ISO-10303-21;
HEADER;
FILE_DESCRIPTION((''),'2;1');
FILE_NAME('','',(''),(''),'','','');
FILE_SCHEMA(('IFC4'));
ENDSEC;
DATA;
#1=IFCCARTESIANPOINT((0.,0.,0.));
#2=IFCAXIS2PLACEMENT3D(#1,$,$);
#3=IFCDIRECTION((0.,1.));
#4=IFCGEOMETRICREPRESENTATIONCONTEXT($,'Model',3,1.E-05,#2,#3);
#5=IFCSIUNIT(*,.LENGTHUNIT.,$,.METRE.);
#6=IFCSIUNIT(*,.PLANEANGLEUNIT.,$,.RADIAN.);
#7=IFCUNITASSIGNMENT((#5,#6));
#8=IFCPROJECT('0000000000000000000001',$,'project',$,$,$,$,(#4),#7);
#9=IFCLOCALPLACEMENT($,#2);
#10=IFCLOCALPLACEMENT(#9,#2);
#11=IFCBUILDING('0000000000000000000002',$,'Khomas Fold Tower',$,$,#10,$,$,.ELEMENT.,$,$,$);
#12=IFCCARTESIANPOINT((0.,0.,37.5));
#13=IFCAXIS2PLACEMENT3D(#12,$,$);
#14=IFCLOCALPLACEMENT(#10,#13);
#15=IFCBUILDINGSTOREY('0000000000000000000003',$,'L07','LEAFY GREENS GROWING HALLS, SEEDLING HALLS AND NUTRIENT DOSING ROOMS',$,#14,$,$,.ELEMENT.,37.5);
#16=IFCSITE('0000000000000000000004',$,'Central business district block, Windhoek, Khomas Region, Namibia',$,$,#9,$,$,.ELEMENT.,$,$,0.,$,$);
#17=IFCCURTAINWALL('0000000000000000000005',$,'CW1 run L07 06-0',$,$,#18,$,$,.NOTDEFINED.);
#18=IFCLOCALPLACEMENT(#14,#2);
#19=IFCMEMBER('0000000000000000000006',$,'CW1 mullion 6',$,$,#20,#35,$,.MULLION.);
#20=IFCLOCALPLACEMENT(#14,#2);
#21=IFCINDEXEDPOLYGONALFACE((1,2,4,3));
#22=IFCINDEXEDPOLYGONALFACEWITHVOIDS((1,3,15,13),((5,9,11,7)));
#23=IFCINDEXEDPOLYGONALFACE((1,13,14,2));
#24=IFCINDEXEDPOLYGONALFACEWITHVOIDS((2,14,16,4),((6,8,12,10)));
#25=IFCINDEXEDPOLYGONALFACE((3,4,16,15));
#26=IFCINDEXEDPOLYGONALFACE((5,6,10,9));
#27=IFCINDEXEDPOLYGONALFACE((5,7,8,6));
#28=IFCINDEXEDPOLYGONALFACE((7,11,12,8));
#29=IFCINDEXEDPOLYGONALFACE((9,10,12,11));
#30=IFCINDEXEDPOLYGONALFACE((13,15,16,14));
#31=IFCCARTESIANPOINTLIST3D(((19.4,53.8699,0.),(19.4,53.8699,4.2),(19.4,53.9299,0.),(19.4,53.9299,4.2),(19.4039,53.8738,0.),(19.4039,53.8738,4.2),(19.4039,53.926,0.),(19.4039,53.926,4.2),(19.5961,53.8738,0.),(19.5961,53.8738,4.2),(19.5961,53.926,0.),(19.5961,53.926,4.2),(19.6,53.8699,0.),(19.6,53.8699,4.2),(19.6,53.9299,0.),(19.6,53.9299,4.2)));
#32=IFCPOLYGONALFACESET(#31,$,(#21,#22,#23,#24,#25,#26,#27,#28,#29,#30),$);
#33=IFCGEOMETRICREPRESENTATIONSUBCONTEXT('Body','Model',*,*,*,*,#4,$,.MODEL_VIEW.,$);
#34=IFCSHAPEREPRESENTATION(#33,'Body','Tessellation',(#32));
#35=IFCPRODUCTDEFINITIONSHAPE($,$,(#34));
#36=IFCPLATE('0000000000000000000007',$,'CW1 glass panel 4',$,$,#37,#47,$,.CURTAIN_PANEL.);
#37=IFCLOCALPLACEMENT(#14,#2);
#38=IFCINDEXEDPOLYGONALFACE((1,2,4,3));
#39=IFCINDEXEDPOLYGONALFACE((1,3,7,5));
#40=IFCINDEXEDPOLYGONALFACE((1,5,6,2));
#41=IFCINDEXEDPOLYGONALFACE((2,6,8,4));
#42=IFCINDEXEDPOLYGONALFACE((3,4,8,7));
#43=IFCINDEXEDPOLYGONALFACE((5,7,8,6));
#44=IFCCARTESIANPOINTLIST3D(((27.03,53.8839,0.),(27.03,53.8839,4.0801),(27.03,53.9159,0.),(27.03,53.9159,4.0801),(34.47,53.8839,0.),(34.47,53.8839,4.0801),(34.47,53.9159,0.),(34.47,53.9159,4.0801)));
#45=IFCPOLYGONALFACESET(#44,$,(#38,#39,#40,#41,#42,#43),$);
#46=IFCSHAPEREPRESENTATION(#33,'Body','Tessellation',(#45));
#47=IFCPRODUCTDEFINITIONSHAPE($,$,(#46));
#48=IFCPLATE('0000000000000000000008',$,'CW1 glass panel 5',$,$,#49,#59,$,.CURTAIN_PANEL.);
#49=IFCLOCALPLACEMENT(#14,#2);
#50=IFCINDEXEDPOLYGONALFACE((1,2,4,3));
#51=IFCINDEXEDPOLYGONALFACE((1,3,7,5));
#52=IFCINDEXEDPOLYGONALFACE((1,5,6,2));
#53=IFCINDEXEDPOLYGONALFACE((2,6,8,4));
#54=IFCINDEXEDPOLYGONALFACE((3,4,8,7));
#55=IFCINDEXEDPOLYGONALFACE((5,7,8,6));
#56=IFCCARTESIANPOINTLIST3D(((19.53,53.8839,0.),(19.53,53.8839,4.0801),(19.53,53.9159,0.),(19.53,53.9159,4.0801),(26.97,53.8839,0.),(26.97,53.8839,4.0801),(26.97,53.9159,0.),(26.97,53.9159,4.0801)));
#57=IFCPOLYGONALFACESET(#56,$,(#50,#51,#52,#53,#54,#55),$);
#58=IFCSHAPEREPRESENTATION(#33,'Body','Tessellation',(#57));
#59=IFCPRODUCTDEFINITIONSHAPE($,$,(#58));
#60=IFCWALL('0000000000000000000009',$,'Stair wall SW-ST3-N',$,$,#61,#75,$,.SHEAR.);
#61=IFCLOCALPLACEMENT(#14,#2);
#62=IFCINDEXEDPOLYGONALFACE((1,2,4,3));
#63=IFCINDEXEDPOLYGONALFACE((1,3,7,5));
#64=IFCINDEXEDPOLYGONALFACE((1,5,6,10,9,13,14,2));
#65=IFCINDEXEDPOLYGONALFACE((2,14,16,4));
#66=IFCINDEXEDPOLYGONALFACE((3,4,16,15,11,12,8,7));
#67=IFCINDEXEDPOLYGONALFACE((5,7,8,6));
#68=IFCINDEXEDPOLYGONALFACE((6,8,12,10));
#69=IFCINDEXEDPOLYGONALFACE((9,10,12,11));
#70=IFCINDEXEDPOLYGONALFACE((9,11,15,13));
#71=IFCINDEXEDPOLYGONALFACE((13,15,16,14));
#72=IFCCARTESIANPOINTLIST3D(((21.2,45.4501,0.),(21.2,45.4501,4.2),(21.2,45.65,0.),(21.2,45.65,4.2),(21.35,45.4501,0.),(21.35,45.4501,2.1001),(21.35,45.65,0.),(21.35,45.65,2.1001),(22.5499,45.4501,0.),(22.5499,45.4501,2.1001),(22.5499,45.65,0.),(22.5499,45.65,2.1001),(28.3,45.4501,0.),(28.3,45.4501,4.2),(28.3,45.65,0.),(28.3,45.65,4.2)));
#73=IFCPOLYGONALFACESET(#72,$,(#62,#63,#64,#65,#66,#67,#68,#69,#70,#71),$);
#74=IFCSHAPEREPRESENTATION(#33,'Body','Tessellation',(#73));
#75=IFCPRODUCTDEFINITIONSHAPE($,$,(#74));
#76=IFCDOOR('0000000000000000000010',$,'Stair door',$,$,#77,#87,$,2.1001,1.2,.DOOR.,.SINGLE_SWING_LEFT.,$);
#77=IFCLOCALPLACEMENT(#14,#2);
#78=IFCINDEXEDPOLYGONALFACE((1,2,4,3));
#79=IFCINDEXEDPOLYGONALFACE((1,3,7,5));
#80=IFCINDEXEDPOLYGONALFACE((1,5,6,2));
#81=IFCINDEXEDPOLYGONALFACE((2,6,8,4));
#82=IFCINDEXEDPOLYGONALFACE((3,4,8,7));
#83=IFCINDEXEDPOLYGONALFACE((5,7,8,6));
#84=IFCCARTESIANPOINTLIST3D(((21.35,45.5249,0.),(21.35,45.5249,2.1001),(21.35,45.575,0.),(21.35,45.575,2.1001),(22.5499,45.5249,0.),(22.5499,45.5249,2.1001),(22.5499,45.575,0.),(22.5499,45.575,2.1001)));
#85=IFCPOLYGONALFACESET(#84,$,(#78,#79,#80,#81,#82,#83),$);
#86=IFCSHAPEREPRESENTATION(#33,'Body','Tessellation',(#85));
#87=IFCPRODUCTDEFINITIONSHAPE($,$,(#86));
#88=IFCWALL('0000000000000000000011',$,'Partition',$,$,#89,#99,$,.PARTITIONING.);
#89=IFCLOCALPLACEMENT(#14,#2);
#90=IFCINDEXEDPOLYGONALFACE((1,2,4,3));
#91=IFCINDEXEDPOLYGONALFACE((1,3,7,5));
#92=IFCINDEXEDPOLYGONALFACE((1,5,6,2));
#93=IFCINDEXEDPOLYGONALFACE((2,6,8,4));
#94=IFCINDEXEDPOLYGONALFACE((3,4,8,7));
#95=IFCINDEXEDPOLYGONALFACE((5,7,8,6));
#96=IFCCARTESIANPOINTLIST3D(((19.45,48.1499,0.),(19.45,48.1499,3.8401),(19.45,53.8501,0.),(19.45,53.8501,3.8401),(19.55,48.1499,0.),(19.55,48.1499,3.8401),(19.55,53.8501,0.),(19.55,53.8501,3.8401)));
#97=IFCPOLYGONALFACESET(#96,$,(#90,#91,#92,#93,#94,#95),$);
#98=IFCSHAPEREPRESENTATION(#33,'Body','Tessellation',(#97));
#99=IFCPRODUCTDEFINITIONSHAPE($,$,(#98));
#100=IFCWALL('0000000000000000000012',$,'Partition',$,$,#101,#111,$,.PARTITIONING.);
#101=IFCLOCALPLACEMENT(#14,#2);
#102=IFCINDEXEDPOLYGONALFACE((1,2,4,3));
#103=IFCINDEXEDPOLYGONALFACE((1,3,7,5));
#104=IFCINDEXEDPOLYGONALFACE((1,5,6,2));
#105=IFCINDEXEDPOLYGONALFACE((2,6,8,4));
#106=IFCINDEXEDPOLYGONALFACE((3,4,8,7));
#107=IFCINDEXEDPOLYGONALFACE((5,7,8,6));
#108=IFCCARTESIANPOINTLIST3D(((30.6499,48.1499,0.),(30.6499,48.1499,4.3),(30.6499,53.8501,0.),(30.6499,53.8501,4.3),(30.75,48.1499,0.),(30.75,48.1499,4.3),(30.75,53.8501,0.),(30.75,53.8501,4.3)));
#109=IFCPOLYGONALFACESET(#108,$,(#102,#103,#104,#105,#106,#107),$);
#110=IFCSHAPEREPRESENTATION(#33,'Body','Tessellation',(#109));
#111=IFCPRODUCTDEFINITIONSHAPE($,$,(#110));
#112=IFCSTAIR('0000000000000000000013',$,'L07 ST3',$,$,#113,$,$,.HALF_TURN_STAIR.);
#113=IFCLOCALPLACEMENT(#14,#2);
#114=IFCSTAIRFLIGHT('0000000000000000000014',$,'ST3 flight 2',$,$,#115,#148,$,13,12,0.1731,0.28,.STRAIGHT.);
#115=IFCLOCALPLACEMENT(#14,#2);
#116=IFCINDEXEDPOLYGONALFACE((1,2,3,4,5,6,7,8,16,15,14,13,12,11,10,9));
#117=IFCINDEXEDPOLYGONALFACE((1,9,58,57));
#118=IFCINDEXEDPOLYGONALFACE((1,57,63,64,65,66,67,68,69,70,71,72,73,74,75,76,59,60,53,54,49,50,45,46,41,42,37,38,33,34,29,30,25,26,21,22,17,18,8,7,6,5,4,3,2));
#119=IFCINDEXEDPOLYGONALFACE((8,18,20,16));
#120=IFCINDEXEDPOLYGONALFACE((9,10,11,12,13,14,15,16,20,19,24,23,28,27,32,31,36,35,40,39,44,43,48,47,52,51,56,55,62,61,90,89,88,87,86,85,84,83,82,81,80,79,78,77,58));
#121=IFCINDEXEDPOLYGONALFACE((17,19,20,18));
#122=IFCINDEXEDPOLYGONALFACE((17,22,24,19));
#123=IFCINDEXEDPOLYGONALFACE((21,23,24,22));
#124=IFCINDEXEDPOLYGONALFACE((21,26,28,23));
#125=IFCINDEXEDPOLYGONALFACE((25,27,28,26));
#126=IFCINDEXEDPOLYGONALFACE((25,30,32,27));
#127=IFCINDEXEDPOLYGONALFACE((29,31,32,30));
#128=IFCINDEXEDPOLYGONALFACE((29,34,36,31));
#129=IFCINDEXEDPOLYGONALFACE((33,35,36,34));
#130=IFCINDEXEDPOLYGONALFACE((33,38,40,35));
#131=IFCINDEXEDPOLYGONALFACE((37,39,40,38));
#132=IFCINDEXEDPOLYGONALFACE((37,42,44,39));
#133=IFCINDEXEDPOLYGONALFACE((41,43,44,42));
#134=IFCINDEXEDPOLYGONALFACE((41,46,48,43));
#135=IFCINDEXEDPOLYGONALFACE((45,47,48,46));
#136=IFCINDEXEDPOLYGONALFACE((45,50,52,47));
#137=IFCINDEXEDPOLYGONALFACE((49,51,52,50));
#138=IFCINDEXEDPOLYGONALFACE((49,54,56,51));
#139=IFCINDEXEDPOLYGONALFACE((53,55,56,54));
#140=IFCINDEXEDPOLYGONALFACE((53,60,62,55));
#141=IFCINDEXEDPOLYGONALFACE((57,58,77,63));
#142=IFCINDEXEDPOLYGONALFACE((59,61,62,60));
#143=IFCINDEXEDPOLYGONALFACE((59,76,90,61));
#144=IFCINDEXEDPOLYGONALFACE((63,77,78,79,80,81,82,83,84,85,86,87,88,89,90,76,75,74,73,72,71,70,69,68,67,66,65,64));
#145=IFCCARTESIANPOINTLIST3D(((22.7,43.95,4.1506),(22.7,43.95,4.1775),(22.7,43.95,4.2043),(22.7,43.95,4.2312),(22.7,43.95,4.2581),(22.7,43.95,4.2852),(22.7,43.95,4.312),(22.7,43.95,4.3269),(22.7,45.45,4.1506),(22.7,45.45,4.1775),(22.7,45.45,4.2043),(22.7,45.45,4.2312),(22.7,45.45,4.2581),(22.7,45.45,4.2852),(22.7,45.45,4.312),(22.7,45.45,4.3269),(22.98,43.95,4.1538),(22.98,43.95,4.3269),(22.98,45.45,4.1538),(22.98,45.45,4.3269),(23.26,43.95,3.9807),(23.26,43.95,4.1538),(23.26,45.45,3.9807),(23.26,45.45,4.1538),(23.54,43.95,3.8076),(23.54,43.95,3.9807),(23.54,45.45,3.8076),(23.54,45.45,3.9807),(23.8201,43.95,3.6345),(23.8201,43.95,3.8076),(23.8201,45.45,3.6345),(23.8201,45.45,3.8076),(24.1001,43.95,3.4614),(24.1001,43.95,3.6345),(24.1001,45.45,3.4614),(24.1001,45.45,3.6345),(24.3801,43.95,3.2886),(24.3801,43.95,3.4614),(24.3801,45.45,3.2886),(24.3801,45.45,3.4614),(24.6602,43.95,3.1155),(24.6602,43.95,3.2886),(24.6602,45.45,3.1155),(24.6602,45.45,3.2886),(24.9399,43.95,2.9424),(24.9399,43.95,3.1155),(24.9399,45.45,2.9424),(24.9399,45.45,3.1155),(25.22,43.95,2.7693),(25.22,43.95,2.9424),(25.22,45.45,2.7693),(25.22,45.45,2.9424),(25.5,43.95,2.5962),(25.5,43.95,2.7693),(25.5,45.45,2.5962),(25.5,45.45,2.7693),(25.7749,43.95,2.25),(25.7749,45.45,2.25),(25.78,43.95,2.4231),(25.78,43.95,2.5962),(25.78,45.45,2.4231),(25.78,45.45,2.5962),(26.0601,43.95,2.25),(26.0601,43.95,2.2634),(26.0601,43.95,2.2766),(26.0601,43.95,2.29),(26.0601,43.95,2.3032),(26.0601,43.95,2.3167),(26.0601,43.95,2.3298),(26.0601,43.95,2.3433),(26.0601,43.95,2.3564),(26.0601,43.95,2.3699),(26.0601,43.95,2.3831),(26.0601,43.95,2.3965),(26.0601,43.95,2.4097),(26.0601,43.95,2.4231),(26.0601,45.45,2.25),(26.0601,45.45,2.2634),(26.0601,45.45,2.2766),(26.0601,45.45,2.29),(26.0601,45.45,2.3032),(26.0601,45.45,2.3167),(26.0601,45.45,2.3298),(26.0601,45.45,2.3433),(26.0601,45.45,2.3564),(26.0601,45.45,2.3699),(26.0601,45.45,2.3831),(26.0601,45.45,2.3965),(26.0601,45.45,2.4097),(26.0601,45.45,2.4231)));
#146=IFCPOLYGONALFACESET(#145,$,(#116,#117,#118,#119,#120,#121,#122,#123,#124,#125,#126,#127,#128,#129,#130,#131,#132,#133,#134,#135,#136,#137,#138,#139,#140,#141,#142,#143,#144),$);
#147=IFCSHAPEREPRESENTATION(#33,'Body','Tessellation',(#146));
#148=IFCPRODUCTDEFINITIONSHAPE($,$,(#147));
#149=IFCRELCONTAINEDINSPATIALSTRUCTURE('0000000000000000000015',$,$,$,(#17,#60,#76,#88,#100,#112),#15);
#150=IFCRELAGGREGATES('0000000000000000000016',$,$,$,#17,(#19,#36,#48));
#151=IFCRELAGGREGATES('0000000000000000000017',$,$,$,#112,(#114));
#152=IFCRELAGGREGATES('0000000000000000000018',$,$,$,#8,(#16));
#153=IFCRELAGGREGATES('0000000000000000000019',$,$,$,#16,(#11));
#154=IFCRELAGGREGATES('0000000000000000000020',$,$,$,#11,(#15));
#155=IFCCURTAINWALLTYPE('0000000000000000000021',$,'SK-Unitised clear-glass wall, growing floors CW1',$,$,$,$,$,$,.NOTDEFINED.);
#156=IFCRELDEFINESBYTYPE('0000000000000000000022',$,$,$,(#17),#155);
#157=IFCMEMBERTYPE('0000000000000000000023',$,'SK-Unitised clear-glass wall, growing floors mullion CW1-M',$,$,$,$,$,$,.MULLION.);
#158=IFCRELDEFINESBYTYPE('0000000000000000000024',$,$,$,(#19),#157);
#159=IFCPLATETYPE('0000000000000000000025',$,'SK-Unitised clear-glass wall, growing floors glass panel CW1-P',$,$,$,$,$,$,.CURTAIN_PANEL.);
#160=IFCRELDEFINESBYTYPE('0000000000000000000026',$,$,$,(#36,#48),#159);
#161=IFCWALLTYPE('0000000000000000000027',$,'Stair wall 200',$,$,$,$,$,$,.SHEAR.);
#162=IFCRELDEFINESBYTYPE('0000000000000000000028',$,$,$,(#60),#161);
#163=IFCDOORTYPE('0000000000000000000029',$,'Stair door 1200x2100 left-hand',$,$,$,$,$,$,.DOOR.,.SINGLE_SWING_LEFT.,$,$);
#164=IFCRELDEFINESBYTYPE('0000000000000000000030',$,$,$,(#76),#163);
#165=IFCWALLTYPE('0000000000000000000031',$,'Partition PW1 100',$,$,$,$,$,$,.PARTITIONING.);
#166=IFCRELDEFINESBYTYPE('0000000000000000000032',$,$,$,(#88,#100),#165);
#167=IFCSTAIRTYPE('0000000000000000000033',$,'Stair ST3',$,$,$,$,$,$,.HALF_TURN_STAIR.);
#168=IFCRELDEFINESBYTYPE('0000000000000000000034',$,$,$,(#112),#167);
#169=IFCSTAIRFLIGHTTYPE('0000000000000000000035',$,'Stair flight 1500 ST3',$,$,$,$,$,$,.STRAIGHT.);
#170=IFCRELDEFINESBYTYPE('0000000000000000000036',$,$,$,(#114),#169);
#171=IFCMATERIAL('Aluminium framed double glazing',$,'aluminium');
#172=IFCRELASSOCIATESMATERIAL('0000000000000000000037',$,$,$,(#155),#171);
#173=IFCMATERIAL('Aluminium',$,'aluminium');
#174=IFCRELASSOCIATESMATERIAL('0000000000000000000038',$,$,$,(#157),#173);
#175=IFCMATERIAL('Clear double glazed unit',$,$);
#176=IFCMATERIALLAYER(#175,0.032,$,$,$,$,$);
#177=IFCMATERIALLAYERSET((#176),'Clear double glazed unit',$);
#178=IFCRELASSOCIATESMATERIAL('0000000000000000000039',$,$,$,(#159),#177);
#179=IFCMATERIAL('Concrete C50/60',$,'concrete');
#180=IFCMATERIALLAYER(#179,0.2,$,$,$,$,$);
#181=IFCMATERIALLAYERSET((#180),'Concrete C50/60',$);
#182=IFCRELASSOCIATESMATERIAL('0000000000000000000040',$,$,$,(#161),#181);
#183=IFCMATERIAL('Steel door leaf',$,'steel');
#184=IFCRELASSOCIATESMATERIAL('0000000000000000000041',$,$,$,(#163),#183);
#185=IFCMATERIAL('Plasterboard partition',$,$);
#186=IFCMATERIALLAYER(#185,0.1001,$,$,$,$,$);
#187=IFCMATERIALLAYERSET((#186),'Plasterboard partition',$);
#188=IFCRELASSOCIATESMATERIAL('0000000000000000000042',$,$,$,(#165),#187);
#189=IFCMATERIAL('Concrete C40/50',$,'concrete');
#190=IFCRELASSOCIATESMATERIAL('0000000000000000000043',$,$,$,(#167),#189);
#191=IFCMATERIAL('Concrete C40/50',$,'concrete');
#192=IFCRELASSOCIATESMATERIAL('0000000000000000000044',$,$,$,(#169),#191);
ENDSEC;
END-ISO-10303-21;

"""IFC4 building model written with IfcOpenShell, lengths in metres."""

from ifc_helpers import new_model, si_unit, direction, frame, frame_2d, origin, origin_2d, place, context, subcontext, project, spatial, polyline, rectangle, hollow_rectangle, outline, extrude, source, transform, mapped, material, layer, layer_set, material_profile, profile_set, type_object, element, fill, aggregate, save


model = new_model("IFC4")

# Units and contexts
model_context = context("Model", 3, precision=1e-05, world=origin(), true_north=direction((0.0, 1.0)))
body_context = subcontext(model_context, "Body", "Model", "MODEL_VIEW")
ifc_project = project(units=[si_unit("LENGTHUNIT", "METRE"), si_unit("PLANEANGLEUNIT", "RADIAN")], contexts=[model_context])

# Site, building, storey
site_placement = place(None, origin())
site = spatial("IfcSite", under=ifc_project, at=site_placement, Name="Central business district block, Windhoek, Khomas Region, Namibia", CompositionType="ELEMENT", RefElevation=0.0)
building_placement = place(site_placement, origin())
building = spatial("IfcBuilding", under=site, at=building_placement, Name="Khomas Fold Tower", CompositionType="ELEMENT")
storey_placement = place(building_placement, frame((0.0, 0.0, 37.5)))
storey = spatial("IfcBuildingStorey", under=building, at=storey_placement, Name="L07", Description="LEAFY GREENS GROWING HALLS, SEEDLING HALLS AND NUTRIENT DOSING ROOMS", CompositionType="ELEMENT", Elevation=37.5)

# Curtain wall, member, plates
ifc_material_1 = material(Name="Aluminium framed double glazing", Category="aluminium")
curtain_wall_type = type_object("IfcCurtainWallType", Name="SK-Unitised clear-glass wall, growing floors CW1", PredefinedType="NOTDEFINED", material=ifc_material_1)
curtain_wall_placement = place(storey_placement, origin())
curtain_wall = element("IfcCurtainWall", 1, at=curtain_wall_placement, inside=storey, type_object=curtain_wall_type, Name="CW1 run L07 06-0", PredefinedType="NOTDEFINED")
ifc_material_2 = material(Name="Aluminium", Category="aluminium")
ifc_material_profile_1 = material_profile(ifc_material_2, hollow_rectangle(XDim=0.0601, YDim=0.2, WallThickness=0.0039, at=origin_2d()), Name="SK-Unitised clear-glass wall, growing floors mullion CW1-M")
ifc_profile_set_1 = profile_set([ifc_material_profile_1], Name="Aluminium")
member_type_1 = type_object("IfcMemberType", Name="SK-Unitised clear-glass wall, growing floors mullion CW1-M", PredefinedType="MULLION", material=ifc_profile_set_1)
shared_shape_1 = source(origin(), body_context, "Body", "SweptSolid", [
    extrude(hollow_rectangle(XDim=0.0601, YDim=0.2, WallThickness=0.0039, at=origin_2d()), origin(), (0.0, 0.0, 1.0), 4.2),
])
member_1_placement = place(storey_placement, frame((19.5, 53.8999, 0.0), z_axis=(0.0, 0.0, 1.0), x_axis=(0.0, -1.0, 0.0)))
member_1 = element("IfcMember", 2, at=member_1_placement, type_object=member_type_1, Name="CW1 mullion 6", PredefinedType="MULLION", context=body_context, shape_type="MappedRepresentation", body=[
    mapped(shared_shape_1, transform((0.0, 0.0, 0.0))),
])
ifc_material_3 = material(Name="Clear double glazed unit")
ifc_layer_1 = layer(ifc_material_3, 0.032)
ifc_layer_set_1 = layer_set([ifc_layer_1], Name="Clear double glazed unit")
plate_type = type_object("IfcPlateType", Name="SK-Unitised clear-glass wall, growing floors glass panel CW1-P", PredefinedType="CURTAIN_PANEL", material=ifc_layer_set_1)
shared_shape_2 = source(origin(), body_context, "Body", "SweptSolid", [
    extrude(rectangle(XDim=7.4399, YDim=0.032, at=origin_2d()), origin(), (0.0, 0.0, 1.0), 4.0801),
])
plate_1_placement = place(storey_placement, frame((30.75, 53.8999, 0.0), z_axis=(0.0, 0.0, 1.0), x_axis=(-1.0, 0.0, 0.0)))
plate_1 = element("IfcPlate", 3, at=plate_1_placement, type_object=plate_type, Name="CW1 glass panel 4", PredefinedType="CURTAIN_PANEL", context=body_context, shape_type="MappedRepresentation", body=[
    mapped(shared_shape_2, transform((0.0, 0.0, 0.0))),
])
plate_2_placement = place(storey_placement, frame((23.25, 53.8999, 0.0), z_axis=(0.0, 0.0, 1.0), x_axis=(-1.0, 0.0, 0.0)))
plate_2 = element("IfcPlate", 4, at=plate_2_placement, type_object=plate_type, Name="CW1 glass panel 5", PredefinedType="CURTAIN_PANEL", context=body_context, shape_type="MappedRepresentation", body=[
    mapped(shared_shape_2, transform((0.0, 0.0, 0.0))),
])
aggregate(curtain_wall, [member_1, plate_1, plate_2])

# Wall, opening, door
ifc_material_4 = material(Name="Concrete C50/60", Category="concrete")
ifc_layer_2 = layer(ifc_material_4, 0.2)
ifc_layer_set_2 = layer_set([ifc_layer_2], Name="Concrete C50/60")
wall_type_1 = type_object("IfcWallType", Name="Stair wall 200", PredefinedType="SHEAR", material=ifc_layer_set_2)
shared_shape_3 = source(origin(), body_context, "Body", "SweptSolid", [
    extrude(rectangle(XDim=7.1001, YDim=0.2, at=frame_2d((3.55, 0.0))), origin(), (0.0, 0.0, 1.0), 4.2),
])
wall_1_placement = place(storey_placement, frame((21.2, 45.55, 0.0), z_axis=(0.0, 0.0, 1.0), x_axis=(1.0, 0.0, 0.0)))
wall_1 = element("IfcWall", 5, at=wall_1_placement, inside=storey, type_object=wall_type_1, Name="Stair wall SW-ST3-N", PredefinedType="SHEAR", context=body_context, shape_type="MappedRepresentation", body=[
    mapped(shared_shape_3, transform((0.0, 0.0, 0.0))),
])
shared_shape_4 = source(origin(), body_context, "Body", "SweptSolid", [
    extrude(rectangle(XDim=1.2, YDim=2.1001, at=frame_2d((0.6001, 1.05))), frame((0.0, 0.1099, 0.0), z_axis=(0.0, -1.0, 0.0), x_axis=(1.0, 0.0, 0.0)), (0.0, 0.0, 1.0), 0.22),
])
opening_placement = place(wall_1_placement, frame((0.1499, 0.0, 0.0)))
opening = element("IfcOpeningElement", 6, at=opening_placement, cuts=wall_1, PredefinedType="OPENING", context=body_context, shape_type="MappedRepresentation", body=[
    mapped(shared_shape_4, transform((0.0, 0.0, 0.0))),
])
ifc_material_5 = material(Name="Steel door leaf", Category="steel")
door_type = type_object("IfcDoorType", Name="Stair door 1200x2100 left-hand", OperationType="SINGLE_SWING_LEFT", PredefinedType="DOOR", material=ifc_material_5)
shared_shape_5 = source(origin(), body_context, "Body", "SweptSolid", [
    extrude(rectangle(XDim=1.2, YDim=2.1001, at=frame_2d((0.6001, 1.05))), frame((0.0, 0.0249, 0.0), z_axis=(0.0, -1.0, 0.0), x_axis=(1.0, 0.0, 0.0)), (0.0, 0.0, 1.0), 0.05),
])
door_placement = place(opening_placement, origin())
door = element("IfcDoor", 7, at=door_placement, inside=storey, type_object=door_type, Name="Stair door", OperationType="SINGLE_SWING_LEFT", OverallHeight=2.1001, OverallWidth=1.2, PredefinedType="DOOR", context=body_context, shape_type="MappedRepresentation", body=[
    mapped(shared_shape_5, transform((0.0, 0.0, 0.0))),
])
fill(opening, door)

# Walls
ifc_material_6 = material(Name="Plasterboard partition")
ifc_layer_3 = layer(ifc_material_6, 0.1001)
ifc_layer_set_3 = layer_set([ifc_layer_3], Name="Plasterboard partition")
wall_type_2 = type_object("IfcWallType", Name="Partition PW1 100", PredefinedType="PARTITIONING", material=ifc_layer_set_3)
shared_shape_6 = source(origin(), body_context, "Body", "SweptSolid", [
    extrude(rectangle(XDim=5.7002, YDim=0.1001, at=frame_2d((2.8501, 0.0))), origin(), (0.0, 0.0, 1.0), 3.8401),
])
wall_2_placement = place(storey_placement, frame((19.5, 48.1499, 0.0), z_axis=(0.0, 0.0, 1.0), x_axis=(0.0, 1.0, 0.0)))
element("IfcWall", 8, at=wall_2_placement, inside=storey, type_object=wall_type_2, Name="Partition", PredefinedType="PARTITIONING", context=body_context, shape_type="MappedRepresentation", body=[
    mapped(shared_shape_6, transform((0.0, 0.0, 0.0))),
])
shared_shape_7 = source(origin(), body_context, "Body", "SweptSolid", [
    extrude(rectangle(XDim=5.7002, YDim=0.1001, at=frame_2d((2.8501, 0.0))), origin(), (0.0, 0.0, 1.0), 4.3),
])
wall_3_placement = place(storey_placement, frame((30.7, 48.1499, 0.0), z_axis=(0.0, 0.0, 1.0), x_axis=(0.0, 1.0, 0.0)))
element("IfcWall", 9, at=wall_3_placement, inside=storey, type_object=wall_type_2, Name="Partition", PredefinedType="PARTITIONING", context=body_context, shape_type="MappedRepresentation", body=[
    mapped(shared_shape_7, transform((0.0, 0.0, 0.0))),
])

# Stair, stair flight
ifc_material_7 = material(Name="Concrete C40/50", Category="concrete")
stair_type = type_object("IfcStairType", Name="Stair ST3", PredefinedType="HALF_TURN_STAIR", material=ifc_material_7)
stair_placement = place(storey_placement, origin())
stair = element("IfcStair", 10, at=stair_placement, inside=storey, type_object=stair_type, Name="L07 ST3", PredefinedType="HALF_TURN_STAIR")
ifc_material_8 = material(Name="Concrete C40/50", Category="concrete")
stair_flight_type = type_object("IfcStairFlightType", Name="Stair flight 1500 ST3", PredefinedType="STRAIGHT", material=ifc_material_8)
shared_shape_8 = source(origin(), body_context, "Body", "SweptSolid", [
    extrude(outline(polyline([(0.0, 0.0), (0.0, 0.0134), (0.0, 0.0266), (0.0, 0.04), (0.0, 0.0532), (0.0, 0.0667), (0.0, 0.0798), (0.0, 0.0933), (0.0, 0.1064), (0.0, 0.1199), (0.0, 0.1331), (0.0, 0.1465), (0.0, 0.1597), (0.0, 0.1731), (0.28, 0.1731), (0.28, 0.3462), (0.5601, 0.3462), (0.5601, 0.5193), (0.8401, 0.5193), (0.8401, 0.6924), (1.1201, 0.6924), (1.1201, 0.8655), (1.3999, 0.8655), (1.3999, 1.0386), (1.6799, 1.0386), (1.6799, 1.2114), (1.96, 1.2114), (1.96, 1.3845), (2.24, 1.3845), (2.24, 1.5576), (2.52, 1.5576), (2.52, 1.7307), (2.8, 1.7307), (2.8, 1.9038), (3.0801, 1.9038), (3.0801, 2.0769), (3.3601, 2.0769), (3.3601, 2.25), (3.3601, 2.2231), (3.3601, 2.1963), (3.3601, 2.1694), (3.3601, 2.1426), (3.3601, 2.1157), (3.3601, 2.0889), (3.3601, 2.062), (3.3601, 2.0352), (3.3601, 2.0081), (3.3601, 1.9812), (3.3601, 1.9543), (3.3601, 1.9275), (3.3601, 1.9006), (0.2852, 0.0), (0.0, 0.0)])), frame((0.0, 0.75, 0.0), z_axis=(0.0, -1.0, 0.0), x_axis=(1.0, 0.0, 0.0)), (0.0, 0.0, 1.0), 1.5),
])
stair_flight_placement = place(storey_placement, frame((26.0601, 44.7, 2.25), z_axis=(0.0, 0.0, 1.0), x_axis=(-1.0, 0.0, 0.0)))
stair_flight = element("IfcStairFlight", 11, at=stair_flight_placement, type_object=stair_flight_type, Name="ST3 flight 2", NumberOfRisers=13, NumberOfTreads=12, PredefinedType="STRAIGHT", RiserHeight=0.1731, TreadLength=0.28, context=body_context, shape_type="MappedRepresentation", body=[
    mapped(shared_shape_8, transform((0.0, 0.0, 0.0))),
])
aggregate(stair, [stair_flight])

save(model, "model.ifc")
